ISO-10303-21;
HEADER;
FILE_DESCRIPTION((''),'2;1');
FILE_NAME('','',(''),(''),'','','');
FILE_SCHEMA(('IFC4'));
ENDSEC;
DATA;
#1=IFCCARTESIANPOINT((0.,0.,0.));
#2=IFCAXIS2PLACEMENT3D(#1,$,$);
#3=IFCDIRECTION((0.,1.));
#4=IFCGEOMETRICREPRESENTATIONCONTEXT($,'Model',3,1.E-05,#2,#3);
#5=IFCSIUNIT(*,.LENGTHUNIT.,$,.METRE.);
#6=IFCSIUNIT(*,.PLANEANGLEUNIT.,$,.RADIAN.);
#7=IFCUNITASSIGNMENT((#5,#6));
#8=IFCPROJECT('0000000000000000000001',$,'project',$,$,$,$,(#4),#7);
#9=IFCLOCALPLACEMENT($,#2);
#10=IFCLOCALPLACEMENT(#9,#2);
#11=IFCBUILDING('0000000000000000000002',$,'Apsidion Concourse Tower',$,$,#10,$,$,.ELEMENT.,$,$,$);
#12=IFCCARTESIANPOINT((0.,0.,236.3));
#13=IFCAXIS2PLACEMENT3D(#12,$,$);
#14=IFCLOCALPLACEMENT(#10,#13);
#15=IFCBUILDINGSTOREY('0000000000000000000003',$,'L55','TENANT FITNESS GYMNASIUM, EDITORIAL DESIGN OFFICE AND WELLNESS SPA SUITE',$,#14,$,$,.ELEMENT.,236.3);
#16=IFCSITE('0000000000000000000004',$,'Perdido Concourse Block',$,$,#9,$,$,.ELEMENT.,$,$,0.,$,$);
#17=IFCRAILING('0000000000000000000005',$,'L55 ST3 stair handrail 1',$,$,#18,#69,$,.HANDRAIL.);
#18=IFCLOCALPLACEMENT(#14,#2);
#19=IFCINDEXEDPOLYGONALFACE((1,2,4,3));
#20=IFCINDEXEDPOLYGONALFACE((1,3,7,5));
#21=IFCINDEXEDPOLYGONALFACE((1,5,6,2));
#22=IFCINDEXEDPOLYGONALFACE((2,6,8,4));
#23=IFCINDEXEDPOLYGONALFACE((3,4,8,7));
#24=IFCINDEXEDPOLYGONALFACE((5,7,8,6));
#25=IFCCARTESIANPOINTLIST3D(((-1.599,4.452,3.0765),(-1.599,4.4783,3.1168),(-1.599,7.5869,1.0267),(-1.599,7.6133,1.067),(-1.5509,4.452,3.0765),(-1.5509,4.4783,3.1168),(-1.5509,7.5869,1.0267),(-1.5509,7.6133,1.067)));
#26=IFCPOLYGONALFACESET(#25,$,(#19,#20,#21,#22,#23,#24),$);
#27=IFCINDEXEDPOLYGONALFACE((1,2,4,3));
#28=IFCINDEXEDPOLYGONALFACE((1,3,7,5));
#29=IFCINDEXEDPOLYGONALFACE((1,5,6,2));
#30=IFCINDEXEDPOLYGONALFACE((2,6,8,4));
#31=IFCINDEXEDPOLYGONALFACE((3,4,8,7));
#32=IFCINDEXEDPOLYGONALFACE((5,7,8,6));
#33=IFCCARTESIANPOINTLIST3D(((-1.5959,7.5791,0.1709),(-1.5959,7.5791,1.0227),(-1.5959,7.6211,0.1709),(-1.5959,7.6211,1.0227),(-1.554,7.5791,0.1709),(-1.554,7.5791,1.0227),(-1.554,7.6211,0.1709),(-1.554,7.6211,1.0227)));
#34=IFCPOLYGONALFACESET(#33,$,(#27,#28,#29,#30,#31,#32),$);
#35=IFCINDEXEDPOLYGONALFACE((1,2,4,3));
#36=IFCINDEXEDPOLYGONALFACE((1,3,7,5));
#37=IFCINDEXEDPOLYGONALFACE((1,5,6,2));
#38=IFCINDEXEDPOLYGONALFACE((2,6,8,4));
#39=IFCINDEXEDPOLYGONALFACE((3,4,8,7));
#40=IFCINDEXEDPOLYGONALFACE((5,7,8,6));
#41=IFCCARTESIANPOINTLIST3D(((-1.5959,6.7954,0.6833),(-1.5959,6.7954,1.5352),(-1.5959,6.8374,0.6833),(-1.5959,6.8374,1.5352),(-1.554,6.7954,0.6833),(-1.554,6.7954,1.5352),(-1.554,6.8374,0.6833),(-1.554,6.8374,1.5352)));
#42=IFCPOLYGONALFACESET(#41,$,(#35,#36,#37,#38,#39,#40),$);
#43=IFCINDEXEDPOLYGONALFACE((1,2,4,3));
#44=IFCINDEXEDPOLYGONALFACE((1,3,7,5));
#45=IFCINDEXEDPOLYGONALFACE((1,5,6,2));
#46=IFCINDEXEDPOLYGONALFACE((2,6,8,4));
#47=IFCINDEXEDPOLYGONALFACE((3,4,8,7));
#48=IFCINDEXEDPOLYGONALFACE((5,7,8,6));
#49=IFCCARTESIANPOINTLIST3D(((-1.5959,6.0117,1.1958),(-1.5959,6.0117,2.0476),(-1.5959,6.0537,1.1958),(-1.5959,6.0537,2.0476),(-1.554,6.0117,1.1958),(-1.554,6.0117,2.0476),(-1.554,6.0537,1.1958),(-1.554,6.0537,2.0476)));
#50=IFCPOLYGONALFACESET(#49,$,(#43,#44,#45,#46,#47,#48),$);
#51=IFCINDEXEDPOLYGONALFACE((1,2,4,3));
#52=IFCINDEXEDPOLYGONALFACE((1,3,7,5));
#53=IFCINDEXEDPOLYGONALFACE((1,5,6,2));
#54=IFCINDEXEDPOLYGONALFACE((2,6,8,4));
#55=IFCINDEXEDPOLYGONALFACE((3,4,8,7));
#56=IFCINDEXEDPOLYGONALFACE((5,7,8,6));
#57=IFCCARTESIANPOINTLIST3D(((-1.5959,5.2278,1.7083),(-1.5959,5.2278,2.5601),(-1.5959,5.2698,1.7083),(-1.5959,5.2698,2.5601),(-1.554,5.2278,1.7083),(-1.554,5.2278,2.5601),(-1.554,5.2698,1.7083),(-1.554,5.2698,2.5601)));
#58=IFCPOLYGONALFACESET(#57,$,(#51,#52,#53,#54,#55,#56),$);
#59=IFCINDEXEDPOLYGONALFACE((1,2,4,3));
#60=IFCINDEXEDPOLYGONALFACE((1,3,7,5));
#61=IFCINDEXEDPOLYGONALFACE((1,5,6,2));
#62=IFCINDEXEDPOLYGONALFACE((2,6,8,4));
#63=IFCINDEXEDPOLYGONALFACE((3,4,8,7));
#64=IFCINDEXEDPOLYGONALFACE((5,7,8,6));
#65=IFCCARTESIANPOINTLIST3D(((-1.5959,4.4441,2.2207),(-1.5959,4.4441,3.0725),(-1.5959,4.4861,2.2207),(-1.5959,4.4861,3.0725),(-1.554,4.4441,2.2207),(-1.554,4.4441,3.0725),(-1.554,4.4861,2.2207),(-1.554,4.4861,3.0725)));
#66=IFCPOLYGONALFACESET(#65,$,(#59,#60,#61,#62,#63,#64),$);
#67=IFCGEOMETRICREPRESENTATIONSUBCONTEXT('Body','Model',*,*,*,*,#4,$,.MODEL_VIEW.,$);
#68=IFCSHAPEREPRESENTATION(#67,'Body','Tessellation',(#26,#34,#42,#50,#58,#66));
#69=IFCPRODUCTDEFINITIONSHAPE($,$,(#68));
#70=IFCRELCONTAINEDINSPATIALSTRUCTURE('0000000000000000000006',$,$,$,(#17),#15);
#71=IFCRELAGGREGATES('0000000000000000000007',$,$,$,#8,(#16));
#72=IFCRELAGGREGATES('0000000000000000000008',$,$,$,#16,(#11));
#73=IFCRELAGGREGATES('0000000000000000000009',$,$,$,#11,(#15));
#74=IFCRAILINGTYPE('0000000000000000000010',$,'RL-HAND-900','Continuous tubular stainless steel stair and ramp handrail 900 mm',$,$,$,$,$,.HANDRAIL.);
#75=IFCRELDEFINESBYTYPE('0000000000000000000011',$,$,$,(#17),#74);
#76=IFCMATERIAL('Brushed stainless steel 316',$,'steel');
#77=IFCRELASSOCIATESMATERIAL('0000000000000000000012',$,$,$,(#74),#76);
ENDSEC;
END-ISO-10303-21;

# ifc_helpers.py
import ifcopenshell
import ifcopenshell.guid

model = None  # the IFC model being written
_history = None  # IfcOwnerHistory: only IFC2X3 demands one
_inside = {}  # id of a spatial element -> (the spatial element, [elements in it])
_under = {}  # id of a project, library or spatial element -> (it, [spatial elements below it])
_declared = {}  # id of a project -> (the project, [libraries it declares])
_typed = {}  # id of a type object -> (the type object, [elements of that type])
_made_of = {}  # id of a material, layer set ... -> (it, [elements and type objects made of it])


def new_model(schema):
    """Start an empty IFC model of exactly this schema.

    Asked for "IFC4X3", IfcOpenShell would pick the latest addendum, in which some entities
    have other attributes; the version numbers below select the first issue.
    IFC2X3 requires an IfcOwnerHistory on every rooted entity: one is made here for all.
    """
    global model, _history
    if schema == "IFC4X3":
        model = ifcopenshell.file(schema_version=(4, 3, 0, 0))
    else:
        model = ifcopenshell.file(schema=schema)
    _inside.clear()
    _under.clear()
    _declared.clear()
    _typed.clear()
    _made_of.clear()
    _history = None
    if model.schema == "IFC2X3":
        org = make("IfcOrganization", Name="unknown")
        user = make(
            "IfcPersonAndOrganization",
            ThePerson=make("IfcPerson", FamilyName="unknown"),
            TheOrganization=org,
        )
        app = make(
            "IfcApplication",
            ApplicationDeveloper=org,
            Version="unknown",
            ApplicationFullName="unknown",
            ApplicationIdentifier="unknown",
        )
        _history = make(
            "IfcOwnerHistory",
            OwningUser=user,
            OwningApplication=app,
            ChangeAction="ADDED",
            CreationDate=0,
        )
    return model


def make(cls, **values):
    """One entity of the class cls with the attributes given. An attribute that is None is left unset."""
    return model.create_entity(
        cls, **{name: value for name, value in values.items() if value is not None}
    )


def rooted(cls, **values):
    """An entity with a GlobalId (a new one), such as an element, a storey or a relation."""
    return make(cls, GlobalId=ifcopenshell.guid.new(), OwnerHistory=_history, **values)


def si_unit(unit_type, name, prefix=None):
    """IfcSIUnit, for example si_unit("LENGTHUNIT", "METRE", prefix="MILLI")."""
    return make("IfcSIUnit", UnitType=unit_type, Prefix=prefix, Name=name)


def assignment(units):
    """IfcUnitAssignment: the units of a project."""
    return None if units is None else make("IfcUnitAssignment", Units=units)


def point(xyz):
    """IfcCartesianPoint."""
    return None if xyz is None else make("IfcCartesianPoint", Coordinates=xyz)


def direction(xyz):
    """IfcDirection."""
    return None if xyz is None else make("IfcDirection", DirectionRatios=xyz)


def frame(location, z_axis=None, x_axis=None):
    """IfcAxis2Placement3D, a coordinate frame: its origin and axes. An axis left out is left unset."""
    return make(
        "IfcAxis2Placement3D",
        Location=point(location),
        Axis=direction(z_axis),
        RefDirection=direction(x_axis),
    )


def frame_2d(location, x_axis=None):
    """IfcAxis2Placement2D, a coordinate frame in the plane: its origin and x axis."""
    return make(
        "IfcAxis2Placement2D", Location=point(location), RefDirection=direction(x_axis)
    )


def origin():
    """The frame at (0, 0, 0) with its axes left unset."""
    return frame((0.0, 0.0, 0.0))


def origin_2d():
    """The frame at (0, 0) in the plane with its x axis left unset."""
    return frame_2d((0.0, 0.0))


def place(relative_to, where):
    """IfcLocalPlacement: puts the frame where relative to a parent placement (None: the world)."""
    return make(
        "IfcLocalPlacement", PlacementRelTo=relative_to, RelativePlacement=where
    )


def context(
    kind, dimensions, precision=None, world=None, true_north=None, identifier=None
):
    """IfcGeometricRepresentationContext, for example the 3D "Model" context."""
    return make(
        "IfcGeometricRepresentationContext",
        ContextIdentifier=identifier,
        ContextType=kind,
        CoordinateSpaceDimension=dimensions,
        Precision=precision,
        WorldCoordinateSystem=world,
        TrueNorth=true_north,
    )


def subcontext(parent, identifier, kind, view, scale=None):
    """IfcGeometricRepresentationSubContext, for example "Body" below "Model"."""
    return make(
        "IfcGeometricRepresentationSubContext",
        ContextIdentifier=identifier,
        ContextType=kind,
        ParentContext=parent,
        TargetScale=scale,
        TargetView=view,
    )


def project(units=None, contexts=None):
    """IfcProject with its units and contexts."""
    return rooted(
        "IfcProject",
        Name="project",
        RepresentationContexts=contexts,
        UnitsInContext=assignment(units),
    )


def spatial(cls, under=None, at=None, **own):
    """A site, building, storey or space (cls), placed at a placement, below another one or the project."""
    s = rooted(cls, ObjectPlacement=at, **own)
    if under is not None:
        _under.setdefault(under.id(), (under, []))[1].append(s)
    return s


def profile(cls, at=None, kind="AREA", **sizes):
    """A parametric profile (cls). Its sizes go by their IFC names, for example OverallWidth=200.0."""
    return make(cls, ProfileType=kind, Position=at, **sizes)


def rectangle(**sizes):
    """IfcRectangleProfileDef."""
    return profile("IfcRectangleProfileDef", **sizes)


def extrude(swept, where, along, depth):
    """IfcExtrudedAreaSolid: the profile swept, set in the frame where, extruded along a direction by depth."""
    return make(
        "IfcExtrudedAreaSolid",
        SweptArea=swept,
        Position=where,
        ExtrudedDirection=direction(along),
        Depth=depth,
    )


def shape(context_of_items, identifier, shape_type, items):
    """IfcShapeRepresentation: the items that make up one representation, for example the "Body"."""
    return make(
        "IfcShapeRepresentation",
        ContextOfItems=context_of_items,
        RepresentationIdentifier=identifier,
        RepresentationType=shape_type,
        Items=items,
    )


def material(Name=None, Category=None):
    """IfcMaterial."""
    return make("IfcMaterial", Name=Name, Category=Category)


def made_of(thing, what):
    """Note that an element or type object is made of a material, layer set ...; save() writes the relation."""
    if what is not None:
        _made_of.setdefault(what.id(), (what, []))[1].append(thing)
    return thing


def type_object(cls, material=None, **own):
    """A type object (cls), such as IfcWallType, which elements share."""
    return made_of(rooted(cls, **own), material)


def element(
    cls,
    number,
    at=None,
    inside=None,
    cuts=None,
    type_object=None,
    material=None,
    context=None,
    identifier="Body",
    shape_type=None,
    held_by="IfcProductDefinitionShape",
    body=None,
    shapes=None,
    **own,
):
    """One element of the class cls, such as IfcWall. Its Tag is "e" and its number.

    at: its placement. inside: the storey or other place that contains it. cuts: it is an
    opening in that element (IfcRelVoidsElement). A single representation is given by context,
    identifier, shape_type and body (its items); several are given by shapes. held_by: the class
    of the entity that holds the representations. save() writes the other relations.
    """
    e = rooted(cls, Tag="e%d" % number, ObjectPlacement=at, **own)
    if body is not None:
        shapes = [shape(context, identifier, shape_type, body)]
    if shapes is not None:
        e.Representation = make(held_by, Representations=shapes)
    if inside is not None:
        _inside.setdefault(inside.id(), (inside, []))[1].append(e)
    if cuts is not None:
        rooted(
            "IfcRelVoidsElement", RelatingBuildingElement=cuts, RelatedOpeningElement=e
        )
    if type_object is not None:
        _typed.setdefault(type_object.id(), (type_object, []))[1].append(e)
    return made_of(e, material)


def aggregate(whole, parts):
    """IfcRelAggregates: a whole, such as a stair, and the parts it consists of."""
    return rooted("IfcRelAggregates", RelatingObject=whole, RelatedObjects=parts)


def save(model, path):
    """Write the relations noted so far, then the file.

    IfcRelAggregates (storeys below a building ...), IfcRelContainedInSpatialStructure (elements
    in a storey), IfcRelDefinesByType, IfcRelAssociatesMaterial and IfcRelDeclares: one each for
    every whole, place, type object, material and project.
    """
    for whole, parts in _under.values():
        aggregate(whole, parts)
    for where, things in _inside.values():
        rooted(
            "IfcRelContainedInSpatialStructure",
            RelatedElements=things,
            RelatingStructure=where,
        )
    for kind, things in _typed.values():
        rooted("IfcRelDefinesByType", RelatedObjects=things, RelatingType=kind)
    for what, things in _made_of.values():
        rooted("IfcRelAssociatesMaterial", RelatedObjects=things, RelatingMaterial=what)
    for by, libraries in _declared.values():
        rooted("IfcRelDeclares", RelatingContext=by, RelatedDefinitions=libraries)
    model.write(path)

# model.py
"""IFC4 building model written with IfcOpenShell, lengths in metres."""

from ifc_helpers import new_model, si_unit, direction, frame, origin, origin_2d, place, context, subcontext, project, spatial, rectangle, extrude, material, type_object, element, save


model = new_model("IFC4")

# Units and contexts
model_context = context("Model", 3, precision=1e-05, world=origin(), true_north=direction((0.0, 1.0)))
body_context = subcontext(model_context, "Body", "Model", "MODEL_VIEW")
ifc_project = project(units=[si_unit("LENGTHUNIT", "METRE"), si_unit("PLANEANGLEUNIT", "RADIAN")], contexts=[model_context])

# Site, building, storey
site_placement = place(None, origin())
site = spatial("IfcSite", under=ifc_project, at=site_placement, Name="Perdido Concourse Block", CompositionType="ELEMENT", RefElevation=0.0)
building_placement = place(site_placement, origin())
building = spatial("IfcBuilding", under=site, at=building_placement, Name="Apsidion Concourse Tower", CompositionType="ELEMENT")
storey_placement = place(building_placement, frame((0.0, 0.0, 236.3)))
storey = spatial("IfcBuildingStorey", under=building, at=storey_placement, Name="L55", Description="TENANT FITNESS GYMNASIUM, EDITORIAL DESIGN OFFICE AND WELLNESS SPA SUITE", CompositionType="ELEMENT", Elevation=236.3)

# Shared definitions
ifc_material_1 = material(Name="Brushed stainless steel 316", Category="steel")

# Railing
railing_type = type_object("IfcRailingType", Name="RL-HAND-900", Description="Continuous tubular stainless steel stair and ramp handrail 900 mm", PredefinedType="HANDRAIL", material=ifc_material_1)
railing_placement = place(storey_placement, frame((-1.575, 7.6001, 0.1709)))
element("IfcRailing", 1, at=railing_placement, inside=storey, type_object=railing_type, Name="L55 ST3 stair handrail 1", PredefinedType="HANDRAIL", context=body_context, shape_type="SweptSolid", body=[
    extrude(rectangle(XDim=0.0481, YDim=0.0481, at=origin_2d()), frame((0.0, 0.0, 0.876), z_axis=(0.0, -0.836971, 0.547248), x_axis=(1.0, 0.0, 0.0)), (0.0, 0.0, 1.0), 3.7456),
    extrude(rectangle(XDim=0.042, YDim=0.042, at=origin_2d()), origin(), (0.0, 0.0, 1.0), 0.8518),
    extrude(rectangle(XDim=0.042, YDim=0.042, at=origin_2d()), frame((0.0, -0.7837, 0.5125)), (0.0, 0.0, 1.0), 0.8518),
    extrude(rectangle(XDim=0.042, YDim=0.042, at=origin_2d()), frame((0.0, -1.5674, 1.0249)), (0.0, 0.0, 1.0), 0.8518),
    extrude(rectangle(XDim=0.042, YDim=0.042, at=origin_2d()), frame((0.0, -2.3513, 1.5374)), (0.0, 0.0, 1.0), 0.8518),
    extrude(rectangle(XDim=0.042, YDim=0.042, at=origin_2d()), frame((0.0, -3.135, 2.0498)), (0.0, 0.0, 1.0), 0.8518),
])

save(model, "model.ifc")
